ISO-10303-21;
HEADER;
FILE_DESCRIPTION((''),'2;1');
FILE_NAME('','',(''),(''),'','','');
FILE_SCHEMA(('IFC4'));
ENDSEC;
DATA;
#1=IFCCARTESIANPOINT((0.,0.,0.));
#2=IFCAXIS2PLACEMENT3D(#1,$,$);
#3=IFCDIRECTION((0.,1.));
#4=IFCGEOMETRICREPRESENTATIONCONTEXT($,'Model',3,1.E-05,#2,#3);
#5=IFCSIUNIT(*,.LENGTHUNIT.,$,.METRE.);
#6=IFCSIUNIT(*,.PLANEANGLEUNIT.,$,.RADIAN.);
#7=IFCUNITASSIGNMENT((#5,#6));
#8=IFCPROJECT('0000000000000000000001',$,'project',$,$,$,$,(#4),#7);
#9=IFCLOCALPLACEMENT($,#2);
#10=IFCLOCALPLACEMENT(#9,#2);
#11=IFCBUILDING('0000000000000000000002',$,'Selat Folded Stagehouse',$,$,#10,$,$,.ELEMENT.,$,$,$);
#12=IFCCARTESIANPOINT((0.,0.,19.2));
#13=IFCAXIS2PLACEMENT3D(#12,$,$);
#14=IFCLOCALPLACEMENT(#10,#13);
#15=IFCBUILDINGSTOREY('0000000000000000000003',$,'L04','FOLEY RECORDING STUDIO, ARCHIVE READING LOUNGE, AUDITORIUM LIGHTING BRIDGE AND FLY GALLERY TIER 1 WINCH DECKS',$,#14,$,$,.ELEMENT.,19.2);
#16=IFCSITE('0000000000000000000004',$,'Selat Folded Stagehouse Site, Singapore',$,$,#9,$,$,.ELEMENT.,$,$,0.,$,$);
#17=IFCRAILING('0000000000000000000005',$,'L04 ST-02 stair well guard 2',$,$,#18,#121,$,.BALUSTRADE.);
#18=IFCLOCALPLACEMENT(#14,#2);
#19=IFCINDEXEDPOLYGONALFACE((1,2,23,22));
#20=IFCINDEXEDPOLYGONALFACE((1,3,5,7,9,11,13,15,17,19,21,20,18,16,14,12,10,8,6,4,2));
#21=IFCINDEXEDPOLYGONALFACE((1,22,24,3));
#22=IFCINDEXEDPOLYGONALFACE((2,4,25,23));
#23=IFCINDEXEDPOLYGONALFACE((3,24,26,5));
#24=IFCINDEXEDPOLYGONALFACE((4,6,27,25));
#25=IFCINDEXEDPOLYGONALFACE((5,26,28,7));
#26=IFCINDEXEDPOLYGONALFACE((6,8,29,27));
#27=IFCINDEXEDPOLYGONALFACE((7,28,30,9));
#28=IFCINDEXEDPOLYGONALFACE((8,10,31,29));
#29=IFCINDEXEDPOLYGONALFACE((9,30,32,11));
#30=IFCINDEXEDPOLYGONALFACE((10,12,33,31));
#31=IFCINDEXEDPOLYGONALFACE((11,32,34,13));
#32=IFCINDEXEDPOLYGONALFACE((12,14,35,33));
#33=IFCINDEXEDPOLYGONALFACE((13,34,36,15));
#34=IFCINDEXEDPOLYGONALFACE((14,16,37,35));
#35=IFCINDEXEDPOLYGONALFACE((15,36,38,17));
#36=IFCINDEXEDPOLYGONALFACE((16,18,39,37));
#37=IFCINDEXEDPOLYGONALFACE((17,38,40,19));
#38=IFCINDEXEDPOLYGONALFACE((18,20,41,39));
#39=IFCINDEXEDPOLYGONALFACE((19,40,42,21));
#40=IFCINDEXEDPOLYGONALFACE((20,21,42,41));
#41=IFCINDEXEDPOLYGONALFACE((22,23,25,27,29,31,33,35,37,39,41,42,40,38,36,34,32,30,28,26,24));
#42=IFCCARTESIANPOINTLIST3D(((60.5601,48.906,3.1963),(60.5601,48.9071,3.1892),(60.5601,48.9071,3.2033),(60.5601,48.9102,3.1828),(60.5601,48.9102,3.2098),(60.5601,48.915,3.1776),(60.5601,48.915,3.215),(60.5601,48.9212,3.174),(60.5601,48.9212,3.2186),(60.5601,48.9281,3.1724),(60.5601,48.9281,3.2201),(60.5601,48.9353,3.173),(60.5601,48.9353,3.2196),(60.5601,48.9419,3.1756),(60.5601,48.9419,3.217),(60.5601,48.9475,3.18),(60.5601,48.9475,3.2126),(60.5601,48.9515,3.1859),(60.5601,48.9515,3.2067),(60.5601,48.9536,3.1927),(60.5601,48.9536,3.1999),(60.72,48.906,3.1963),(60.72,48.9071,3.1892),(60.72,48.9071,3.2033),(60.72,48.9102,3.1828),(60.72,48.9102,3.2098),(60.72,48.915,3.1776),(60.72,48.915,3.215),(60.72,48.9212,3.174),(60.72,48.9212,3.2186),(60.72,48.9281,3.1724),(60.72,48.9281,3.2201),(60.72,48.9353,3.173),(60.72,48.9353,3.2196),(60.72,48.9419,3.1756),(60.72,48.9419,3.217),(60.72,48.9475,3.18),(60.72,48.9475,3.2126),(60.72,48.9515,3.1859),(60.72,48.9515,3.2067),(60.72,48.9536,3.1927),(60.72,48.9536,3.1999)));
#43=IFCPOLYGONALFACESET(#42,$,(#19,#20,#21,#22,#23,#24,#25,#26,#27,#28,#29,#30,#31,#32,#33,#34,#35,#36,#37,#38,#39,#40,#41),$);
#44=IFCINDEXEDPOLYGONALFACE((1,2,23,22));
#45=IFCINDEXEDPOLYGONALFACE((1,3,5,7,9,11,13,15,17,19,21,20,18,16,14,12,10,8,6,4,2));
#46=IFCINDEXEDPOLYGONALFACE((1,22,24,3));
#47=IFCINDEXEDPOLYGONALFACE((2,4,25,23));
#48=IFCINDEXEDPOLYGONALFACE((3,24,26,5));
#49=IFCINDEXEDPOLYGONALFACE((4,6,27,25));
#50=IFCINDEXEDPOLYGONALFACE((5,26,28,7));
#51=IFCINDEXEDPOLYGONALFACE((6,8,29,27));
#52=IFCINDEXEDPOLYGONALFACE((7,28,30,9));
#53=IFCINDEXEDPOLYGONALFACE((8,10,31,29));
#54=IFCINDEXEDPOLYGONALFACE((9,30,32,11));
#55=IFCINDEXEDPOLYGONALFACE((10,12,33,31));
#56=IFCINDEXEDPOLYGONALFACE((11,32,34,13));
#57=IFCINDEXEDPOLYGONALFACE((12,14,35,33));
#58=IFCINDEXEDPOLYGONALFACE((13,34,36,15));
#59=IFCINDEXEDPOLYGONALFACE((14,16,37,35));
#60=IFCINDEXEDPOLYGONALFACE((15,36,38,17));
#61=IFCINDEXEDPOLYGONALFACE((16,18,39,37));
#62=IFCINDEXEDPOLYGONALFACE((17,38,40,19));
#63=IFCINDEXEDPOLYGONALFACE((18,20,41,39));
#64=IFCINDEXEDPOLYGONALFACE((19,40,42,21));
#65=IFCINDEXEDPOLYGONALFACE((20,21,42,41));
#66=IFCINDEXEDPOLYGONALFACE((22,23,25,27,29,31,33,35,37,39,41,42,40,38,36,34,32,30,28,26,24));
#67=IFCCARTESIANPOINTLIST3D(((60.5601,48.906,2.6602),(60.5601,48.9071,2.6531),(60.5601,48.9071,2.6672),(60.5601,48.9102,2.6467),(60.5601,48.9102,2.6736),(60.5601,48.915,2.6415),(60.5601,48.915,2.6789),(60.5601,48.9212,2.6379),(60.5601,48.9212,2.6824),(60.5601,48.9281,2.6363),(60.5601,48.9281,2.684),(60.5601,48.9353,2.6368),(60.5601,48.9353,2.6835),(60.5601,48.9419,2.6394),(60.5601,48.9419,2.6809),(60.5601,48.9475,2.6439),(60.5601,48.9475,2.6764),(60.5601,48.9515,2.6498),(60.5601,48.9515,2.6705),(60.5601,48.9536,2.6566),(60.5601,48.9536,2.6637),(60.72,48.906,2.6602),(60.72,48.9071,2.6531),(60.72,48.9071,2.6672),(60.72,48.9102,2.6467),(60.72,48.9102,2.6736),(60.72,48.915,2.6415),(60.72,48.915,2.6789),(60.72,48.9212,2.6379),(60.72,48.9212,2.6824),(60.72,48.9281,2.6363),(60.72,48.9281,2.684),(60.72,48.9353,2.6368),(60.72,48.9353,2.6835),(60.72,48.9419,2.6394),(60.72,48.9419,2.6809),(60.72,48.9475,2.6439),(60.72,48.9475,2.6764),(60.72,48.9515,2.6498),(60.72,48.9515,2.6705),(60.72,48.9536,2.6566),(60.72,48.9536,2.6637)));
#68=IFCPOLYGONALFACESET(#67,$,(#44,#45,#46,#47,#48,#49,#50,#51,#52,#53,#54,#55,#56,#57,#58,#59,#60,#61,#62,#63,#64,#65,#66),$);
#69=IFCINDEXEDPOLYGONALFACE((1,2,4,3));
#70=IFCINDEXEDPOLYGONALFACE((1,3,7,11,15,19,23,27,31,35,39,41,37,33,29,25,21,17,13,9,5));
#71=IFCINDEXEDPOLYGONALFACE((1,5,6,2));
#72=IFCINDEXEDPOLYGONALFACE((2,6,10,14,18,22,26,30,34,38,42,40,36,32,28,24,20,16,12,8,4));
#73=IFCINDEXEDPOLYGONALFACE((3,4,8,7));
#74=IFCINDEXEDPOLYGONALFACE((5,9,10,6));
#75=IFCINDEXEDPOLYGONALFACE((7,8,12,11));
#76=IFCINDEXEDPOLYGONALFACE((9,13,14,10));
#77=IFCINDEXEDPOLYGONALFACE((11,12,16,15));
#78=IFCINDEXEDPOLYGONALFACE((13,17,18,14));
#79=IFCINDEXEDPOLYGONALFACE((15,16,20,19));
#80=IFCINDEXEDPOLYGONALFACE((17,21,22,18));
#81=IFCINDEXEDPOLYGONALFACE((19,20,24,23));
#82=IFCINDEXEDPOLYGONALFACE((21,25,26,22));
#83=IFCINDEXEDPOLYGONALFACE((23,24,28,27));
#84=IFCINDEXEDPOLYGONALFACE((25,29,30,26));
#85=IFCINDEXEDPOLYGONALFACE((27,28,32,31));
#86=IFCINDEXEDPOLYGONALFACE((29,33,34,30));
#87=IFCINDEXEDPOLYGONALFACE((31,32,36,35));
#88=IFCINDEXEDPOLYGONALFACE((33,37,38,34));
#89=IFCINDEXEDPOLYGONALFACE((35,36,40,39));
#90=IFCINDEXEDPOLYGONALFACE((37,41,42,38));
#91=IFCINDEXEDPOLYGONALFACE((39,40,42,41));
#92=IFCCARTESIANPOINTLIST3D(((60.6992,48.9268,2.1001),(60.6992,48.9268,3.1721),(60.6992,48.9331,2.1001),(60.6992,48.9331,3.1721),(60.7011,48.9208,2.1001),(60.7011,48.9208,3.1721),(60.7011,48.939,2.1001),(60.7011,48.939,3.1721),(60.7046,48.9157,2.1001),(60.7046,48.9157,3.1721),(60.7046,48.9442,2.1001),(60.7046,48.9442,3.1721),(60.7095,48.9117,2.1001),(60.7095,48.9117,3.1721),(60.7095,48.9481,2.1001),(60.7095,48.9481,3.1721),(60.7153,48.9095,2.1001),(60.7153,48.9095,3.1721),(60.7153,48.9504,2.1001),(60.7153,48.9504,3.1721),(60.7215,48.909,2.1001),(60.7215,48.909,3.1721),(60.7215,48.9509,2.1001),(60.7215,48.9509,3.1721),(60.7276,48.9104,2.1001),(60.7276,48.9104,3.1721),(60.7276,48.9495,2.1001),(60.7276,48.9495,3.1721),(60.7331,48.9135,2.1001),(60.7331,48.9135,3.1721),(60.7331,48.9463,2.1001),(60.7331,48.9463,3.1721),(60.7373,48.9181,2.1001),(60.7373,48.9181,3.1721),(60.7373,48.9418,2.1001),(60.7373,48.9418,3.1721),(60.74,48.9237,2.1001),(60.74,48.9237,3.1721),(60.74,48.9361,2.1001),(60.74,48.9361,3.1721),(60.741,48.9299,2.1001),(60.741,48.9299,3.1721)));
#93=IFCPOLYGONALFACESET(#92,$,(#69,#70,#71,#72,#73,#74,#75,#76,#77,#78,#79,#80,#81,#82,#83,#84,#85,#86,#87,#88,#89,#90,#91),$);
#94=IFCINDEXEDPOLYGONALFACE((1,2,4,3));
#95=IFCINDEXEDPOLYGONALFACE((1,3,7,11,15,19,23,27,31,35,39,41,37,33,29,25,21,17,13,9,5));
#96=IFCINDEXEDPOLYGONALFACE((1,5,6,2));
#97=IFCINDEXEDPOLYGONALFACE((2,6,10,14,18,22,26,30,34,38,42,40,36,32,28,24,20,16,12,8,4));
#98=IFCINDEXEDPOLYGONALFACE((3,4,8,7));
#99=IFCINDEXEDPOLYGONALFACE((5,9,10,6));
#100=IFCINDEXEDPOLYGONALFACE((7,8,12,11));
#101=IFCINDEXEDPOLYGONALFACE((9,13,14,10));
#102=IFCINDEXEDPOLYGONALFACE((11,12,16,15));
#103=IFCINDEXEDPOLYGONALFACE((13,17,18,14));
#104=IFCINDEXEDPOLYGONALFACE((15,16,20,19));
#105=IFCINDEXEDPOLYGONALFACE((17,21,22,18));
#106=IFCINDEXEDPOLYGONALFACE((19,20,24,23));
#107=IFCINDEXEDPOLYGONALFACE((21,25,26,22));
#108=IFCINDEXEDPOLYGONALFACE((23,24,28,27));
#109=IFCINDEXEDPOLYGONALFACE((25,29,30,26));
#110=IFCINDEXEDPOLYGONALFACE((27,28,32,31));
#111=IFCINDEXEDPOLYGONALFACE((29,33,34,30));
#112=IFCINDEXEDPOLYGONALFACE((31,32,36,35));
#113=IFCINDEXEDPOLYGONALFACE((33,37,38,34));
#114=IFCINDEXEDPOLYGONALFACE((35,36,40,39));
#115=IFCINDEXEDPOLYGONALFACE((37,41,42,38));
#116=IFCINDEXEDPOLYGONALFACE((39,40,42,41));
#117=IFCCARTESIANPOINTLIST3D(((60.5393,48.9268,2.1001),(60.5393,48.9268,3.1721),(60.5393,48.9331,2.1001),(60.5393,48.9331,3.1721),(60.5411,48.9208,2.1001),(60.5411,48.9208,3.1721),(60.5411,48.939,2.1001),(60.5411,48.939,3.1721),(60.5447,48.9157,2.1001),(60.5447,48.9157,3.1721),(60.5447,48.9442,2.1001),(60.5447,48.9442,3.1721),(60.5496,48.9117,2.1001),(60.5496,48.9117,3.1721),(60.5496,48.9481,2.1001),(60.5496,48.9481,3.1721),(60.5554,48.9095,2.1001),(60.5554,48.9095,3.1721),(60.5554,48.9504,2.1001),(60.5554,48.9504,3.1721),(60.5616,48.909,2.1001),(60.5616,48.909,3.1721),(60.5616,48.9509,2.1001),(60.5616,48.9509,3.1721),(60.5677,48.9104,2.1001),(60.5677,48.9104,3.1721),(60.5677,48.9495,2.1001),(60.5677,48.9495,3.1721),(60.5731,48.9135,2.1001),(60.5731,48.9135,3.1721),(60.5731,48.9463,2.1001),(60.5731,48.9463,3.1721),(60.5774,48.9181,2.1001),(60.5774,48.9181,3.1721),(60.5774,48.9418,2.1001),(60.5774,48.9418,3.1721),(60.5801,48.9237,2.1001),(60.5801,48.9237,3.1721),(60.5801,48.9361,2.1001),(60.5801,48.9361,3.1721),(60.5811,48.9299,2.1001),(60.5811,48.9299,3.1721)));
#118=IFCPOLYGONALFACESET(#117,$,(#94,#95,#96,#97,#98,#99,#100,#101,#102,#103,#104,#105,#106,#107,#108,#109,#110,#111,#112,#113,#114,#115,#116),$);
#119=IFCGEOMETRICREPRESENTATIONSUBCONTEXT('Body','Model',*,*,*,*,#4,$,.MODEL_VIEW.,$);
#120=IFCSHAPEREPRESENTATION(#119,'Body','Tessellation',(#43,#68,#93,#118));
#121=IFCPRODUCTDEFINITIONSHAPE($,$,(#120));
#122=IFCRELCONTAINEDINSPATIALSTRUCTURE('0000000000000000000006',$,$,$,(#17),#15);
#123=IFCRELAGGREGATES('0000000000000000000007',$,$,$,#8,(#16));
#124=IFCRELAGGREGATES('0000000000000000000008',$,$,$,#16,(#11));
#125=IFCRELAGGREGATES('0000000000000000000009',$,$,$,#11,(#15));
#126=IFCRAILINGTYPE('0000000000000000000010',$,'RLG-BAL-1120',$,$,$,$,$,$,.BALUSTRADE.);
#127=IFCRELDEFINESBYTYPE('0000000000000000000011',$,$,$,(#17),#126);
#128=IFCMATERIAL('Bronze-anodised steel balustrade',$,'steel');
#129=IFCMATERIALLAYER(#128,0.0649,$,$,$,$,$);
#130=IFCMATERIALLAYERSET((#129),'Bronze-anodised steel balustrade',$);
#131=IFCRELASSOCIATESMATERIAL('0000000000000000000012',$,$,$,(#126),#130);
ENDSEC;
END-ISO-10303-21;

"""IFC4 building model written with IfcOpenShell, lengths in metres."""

from ifc_helpers import new_model, si_unit, direction, frame, origin, origin_2d, place, context, subcontext, project, spatial, circle, extrude, material, layer, layer_set, type_object, element, save


model = new_model("IFC4")

# Units and contexts
model_context = context("Model", 3, precision=1e-05, world=origin(), true_north=direction((0.0, 1.0)))
body_context = subcontext(model_context, "Body", "Model", "MODEL_VIEW")
ifc_project = project(units=[si_unit("LENGTHUNIT", "METRE"), si_unit("PLANEANGLEUNIT", "RADIAN")], contexts=[model_context])

# Site, building, storey
site_placement = place(None, origin())
site = spatial("IfcSite", under=ifc_project, at=site_placement, Name="Selat Folded Stagehouse Site, Singapore", CompositionType="ELEMENT", RefElevation=0.0)
building_placement = place(site_placement, origin())
building = spatial("IfcBuilding", under=site, at=building_placement, Name="Selat Folded Stagehouse", CompositionType="ELEMENT")
storey_placement = place(building_placement, frame((0.0, 0.0, 19.2)))
storey = spatial("IfcBuildingStorey", under=building, at=storey_placement, Name="L04", Description="FOLEY RECORDING STUDIO, ARCHIVE READING LOUNGE, AUDITORIUM LIGHTING BRIDGE AND FLY GALLERY TIER 1 WINCH DECKS", CompositionType="ELEMENT", Elevation=19.2)

# Railing
ifc_material_1 = material(Name="Bronze-anodised steel balustrade", Category="steel")
ifc_layer_1 = layer(ifc_material_1, 0.0649)
ifc_layer_set_1 = layer_set([ifc_layer_1], Name="Bronze-anodised steel balustrade")
railing_type_1 = type_object("IfcRailingType", Name="RLG-BAL-1120", PredefinedType="BALUSTRADE", material=ifc_layer_set_1)
railing_1_placement = place(storey_placement, frame((60.72, 48.9299, 2.1001)))
element("IfcRailing", 1, at=railing_1_placement, inside=storey, type_object=railing_type_1, Name="L04 ST-02 stair well guard 2", PredefinedType="BALUSTRADE", context=body_context, shape_type="SweptSolid", body=[
    extrude(circle(Radius=0.0239, at=origin_2d()), frame((0.0, 0.0, 1.0962), z_axis=(-1.0, 0.0, 0.0), x_axis=(0.0, -1.0, 0.0)), (0.0, 0.0, 1.0), 0.1599),
    extrude(circle(Radius=0.0239, at=origin_2d()), frame((0.0, 0.0, 0.5601), z_axis=(-1.0, 0.0, 0.0), x_axis=(0.0, -1.0, 0.0)), (0.0, 0.0, 1.0), 0.1599),
    extrude(circle(Radius=0.021, at=origin_2d()), origin(), (0.0, 0.0, 1.0), 1.072),
    extrude(circle(Radius=0.021, at=origin_2d()), frame((-0.1599, 0.0, 0.0)), (0.0, 0.0, 1.0), 1.072),
])

save(model, "model.ifc")
